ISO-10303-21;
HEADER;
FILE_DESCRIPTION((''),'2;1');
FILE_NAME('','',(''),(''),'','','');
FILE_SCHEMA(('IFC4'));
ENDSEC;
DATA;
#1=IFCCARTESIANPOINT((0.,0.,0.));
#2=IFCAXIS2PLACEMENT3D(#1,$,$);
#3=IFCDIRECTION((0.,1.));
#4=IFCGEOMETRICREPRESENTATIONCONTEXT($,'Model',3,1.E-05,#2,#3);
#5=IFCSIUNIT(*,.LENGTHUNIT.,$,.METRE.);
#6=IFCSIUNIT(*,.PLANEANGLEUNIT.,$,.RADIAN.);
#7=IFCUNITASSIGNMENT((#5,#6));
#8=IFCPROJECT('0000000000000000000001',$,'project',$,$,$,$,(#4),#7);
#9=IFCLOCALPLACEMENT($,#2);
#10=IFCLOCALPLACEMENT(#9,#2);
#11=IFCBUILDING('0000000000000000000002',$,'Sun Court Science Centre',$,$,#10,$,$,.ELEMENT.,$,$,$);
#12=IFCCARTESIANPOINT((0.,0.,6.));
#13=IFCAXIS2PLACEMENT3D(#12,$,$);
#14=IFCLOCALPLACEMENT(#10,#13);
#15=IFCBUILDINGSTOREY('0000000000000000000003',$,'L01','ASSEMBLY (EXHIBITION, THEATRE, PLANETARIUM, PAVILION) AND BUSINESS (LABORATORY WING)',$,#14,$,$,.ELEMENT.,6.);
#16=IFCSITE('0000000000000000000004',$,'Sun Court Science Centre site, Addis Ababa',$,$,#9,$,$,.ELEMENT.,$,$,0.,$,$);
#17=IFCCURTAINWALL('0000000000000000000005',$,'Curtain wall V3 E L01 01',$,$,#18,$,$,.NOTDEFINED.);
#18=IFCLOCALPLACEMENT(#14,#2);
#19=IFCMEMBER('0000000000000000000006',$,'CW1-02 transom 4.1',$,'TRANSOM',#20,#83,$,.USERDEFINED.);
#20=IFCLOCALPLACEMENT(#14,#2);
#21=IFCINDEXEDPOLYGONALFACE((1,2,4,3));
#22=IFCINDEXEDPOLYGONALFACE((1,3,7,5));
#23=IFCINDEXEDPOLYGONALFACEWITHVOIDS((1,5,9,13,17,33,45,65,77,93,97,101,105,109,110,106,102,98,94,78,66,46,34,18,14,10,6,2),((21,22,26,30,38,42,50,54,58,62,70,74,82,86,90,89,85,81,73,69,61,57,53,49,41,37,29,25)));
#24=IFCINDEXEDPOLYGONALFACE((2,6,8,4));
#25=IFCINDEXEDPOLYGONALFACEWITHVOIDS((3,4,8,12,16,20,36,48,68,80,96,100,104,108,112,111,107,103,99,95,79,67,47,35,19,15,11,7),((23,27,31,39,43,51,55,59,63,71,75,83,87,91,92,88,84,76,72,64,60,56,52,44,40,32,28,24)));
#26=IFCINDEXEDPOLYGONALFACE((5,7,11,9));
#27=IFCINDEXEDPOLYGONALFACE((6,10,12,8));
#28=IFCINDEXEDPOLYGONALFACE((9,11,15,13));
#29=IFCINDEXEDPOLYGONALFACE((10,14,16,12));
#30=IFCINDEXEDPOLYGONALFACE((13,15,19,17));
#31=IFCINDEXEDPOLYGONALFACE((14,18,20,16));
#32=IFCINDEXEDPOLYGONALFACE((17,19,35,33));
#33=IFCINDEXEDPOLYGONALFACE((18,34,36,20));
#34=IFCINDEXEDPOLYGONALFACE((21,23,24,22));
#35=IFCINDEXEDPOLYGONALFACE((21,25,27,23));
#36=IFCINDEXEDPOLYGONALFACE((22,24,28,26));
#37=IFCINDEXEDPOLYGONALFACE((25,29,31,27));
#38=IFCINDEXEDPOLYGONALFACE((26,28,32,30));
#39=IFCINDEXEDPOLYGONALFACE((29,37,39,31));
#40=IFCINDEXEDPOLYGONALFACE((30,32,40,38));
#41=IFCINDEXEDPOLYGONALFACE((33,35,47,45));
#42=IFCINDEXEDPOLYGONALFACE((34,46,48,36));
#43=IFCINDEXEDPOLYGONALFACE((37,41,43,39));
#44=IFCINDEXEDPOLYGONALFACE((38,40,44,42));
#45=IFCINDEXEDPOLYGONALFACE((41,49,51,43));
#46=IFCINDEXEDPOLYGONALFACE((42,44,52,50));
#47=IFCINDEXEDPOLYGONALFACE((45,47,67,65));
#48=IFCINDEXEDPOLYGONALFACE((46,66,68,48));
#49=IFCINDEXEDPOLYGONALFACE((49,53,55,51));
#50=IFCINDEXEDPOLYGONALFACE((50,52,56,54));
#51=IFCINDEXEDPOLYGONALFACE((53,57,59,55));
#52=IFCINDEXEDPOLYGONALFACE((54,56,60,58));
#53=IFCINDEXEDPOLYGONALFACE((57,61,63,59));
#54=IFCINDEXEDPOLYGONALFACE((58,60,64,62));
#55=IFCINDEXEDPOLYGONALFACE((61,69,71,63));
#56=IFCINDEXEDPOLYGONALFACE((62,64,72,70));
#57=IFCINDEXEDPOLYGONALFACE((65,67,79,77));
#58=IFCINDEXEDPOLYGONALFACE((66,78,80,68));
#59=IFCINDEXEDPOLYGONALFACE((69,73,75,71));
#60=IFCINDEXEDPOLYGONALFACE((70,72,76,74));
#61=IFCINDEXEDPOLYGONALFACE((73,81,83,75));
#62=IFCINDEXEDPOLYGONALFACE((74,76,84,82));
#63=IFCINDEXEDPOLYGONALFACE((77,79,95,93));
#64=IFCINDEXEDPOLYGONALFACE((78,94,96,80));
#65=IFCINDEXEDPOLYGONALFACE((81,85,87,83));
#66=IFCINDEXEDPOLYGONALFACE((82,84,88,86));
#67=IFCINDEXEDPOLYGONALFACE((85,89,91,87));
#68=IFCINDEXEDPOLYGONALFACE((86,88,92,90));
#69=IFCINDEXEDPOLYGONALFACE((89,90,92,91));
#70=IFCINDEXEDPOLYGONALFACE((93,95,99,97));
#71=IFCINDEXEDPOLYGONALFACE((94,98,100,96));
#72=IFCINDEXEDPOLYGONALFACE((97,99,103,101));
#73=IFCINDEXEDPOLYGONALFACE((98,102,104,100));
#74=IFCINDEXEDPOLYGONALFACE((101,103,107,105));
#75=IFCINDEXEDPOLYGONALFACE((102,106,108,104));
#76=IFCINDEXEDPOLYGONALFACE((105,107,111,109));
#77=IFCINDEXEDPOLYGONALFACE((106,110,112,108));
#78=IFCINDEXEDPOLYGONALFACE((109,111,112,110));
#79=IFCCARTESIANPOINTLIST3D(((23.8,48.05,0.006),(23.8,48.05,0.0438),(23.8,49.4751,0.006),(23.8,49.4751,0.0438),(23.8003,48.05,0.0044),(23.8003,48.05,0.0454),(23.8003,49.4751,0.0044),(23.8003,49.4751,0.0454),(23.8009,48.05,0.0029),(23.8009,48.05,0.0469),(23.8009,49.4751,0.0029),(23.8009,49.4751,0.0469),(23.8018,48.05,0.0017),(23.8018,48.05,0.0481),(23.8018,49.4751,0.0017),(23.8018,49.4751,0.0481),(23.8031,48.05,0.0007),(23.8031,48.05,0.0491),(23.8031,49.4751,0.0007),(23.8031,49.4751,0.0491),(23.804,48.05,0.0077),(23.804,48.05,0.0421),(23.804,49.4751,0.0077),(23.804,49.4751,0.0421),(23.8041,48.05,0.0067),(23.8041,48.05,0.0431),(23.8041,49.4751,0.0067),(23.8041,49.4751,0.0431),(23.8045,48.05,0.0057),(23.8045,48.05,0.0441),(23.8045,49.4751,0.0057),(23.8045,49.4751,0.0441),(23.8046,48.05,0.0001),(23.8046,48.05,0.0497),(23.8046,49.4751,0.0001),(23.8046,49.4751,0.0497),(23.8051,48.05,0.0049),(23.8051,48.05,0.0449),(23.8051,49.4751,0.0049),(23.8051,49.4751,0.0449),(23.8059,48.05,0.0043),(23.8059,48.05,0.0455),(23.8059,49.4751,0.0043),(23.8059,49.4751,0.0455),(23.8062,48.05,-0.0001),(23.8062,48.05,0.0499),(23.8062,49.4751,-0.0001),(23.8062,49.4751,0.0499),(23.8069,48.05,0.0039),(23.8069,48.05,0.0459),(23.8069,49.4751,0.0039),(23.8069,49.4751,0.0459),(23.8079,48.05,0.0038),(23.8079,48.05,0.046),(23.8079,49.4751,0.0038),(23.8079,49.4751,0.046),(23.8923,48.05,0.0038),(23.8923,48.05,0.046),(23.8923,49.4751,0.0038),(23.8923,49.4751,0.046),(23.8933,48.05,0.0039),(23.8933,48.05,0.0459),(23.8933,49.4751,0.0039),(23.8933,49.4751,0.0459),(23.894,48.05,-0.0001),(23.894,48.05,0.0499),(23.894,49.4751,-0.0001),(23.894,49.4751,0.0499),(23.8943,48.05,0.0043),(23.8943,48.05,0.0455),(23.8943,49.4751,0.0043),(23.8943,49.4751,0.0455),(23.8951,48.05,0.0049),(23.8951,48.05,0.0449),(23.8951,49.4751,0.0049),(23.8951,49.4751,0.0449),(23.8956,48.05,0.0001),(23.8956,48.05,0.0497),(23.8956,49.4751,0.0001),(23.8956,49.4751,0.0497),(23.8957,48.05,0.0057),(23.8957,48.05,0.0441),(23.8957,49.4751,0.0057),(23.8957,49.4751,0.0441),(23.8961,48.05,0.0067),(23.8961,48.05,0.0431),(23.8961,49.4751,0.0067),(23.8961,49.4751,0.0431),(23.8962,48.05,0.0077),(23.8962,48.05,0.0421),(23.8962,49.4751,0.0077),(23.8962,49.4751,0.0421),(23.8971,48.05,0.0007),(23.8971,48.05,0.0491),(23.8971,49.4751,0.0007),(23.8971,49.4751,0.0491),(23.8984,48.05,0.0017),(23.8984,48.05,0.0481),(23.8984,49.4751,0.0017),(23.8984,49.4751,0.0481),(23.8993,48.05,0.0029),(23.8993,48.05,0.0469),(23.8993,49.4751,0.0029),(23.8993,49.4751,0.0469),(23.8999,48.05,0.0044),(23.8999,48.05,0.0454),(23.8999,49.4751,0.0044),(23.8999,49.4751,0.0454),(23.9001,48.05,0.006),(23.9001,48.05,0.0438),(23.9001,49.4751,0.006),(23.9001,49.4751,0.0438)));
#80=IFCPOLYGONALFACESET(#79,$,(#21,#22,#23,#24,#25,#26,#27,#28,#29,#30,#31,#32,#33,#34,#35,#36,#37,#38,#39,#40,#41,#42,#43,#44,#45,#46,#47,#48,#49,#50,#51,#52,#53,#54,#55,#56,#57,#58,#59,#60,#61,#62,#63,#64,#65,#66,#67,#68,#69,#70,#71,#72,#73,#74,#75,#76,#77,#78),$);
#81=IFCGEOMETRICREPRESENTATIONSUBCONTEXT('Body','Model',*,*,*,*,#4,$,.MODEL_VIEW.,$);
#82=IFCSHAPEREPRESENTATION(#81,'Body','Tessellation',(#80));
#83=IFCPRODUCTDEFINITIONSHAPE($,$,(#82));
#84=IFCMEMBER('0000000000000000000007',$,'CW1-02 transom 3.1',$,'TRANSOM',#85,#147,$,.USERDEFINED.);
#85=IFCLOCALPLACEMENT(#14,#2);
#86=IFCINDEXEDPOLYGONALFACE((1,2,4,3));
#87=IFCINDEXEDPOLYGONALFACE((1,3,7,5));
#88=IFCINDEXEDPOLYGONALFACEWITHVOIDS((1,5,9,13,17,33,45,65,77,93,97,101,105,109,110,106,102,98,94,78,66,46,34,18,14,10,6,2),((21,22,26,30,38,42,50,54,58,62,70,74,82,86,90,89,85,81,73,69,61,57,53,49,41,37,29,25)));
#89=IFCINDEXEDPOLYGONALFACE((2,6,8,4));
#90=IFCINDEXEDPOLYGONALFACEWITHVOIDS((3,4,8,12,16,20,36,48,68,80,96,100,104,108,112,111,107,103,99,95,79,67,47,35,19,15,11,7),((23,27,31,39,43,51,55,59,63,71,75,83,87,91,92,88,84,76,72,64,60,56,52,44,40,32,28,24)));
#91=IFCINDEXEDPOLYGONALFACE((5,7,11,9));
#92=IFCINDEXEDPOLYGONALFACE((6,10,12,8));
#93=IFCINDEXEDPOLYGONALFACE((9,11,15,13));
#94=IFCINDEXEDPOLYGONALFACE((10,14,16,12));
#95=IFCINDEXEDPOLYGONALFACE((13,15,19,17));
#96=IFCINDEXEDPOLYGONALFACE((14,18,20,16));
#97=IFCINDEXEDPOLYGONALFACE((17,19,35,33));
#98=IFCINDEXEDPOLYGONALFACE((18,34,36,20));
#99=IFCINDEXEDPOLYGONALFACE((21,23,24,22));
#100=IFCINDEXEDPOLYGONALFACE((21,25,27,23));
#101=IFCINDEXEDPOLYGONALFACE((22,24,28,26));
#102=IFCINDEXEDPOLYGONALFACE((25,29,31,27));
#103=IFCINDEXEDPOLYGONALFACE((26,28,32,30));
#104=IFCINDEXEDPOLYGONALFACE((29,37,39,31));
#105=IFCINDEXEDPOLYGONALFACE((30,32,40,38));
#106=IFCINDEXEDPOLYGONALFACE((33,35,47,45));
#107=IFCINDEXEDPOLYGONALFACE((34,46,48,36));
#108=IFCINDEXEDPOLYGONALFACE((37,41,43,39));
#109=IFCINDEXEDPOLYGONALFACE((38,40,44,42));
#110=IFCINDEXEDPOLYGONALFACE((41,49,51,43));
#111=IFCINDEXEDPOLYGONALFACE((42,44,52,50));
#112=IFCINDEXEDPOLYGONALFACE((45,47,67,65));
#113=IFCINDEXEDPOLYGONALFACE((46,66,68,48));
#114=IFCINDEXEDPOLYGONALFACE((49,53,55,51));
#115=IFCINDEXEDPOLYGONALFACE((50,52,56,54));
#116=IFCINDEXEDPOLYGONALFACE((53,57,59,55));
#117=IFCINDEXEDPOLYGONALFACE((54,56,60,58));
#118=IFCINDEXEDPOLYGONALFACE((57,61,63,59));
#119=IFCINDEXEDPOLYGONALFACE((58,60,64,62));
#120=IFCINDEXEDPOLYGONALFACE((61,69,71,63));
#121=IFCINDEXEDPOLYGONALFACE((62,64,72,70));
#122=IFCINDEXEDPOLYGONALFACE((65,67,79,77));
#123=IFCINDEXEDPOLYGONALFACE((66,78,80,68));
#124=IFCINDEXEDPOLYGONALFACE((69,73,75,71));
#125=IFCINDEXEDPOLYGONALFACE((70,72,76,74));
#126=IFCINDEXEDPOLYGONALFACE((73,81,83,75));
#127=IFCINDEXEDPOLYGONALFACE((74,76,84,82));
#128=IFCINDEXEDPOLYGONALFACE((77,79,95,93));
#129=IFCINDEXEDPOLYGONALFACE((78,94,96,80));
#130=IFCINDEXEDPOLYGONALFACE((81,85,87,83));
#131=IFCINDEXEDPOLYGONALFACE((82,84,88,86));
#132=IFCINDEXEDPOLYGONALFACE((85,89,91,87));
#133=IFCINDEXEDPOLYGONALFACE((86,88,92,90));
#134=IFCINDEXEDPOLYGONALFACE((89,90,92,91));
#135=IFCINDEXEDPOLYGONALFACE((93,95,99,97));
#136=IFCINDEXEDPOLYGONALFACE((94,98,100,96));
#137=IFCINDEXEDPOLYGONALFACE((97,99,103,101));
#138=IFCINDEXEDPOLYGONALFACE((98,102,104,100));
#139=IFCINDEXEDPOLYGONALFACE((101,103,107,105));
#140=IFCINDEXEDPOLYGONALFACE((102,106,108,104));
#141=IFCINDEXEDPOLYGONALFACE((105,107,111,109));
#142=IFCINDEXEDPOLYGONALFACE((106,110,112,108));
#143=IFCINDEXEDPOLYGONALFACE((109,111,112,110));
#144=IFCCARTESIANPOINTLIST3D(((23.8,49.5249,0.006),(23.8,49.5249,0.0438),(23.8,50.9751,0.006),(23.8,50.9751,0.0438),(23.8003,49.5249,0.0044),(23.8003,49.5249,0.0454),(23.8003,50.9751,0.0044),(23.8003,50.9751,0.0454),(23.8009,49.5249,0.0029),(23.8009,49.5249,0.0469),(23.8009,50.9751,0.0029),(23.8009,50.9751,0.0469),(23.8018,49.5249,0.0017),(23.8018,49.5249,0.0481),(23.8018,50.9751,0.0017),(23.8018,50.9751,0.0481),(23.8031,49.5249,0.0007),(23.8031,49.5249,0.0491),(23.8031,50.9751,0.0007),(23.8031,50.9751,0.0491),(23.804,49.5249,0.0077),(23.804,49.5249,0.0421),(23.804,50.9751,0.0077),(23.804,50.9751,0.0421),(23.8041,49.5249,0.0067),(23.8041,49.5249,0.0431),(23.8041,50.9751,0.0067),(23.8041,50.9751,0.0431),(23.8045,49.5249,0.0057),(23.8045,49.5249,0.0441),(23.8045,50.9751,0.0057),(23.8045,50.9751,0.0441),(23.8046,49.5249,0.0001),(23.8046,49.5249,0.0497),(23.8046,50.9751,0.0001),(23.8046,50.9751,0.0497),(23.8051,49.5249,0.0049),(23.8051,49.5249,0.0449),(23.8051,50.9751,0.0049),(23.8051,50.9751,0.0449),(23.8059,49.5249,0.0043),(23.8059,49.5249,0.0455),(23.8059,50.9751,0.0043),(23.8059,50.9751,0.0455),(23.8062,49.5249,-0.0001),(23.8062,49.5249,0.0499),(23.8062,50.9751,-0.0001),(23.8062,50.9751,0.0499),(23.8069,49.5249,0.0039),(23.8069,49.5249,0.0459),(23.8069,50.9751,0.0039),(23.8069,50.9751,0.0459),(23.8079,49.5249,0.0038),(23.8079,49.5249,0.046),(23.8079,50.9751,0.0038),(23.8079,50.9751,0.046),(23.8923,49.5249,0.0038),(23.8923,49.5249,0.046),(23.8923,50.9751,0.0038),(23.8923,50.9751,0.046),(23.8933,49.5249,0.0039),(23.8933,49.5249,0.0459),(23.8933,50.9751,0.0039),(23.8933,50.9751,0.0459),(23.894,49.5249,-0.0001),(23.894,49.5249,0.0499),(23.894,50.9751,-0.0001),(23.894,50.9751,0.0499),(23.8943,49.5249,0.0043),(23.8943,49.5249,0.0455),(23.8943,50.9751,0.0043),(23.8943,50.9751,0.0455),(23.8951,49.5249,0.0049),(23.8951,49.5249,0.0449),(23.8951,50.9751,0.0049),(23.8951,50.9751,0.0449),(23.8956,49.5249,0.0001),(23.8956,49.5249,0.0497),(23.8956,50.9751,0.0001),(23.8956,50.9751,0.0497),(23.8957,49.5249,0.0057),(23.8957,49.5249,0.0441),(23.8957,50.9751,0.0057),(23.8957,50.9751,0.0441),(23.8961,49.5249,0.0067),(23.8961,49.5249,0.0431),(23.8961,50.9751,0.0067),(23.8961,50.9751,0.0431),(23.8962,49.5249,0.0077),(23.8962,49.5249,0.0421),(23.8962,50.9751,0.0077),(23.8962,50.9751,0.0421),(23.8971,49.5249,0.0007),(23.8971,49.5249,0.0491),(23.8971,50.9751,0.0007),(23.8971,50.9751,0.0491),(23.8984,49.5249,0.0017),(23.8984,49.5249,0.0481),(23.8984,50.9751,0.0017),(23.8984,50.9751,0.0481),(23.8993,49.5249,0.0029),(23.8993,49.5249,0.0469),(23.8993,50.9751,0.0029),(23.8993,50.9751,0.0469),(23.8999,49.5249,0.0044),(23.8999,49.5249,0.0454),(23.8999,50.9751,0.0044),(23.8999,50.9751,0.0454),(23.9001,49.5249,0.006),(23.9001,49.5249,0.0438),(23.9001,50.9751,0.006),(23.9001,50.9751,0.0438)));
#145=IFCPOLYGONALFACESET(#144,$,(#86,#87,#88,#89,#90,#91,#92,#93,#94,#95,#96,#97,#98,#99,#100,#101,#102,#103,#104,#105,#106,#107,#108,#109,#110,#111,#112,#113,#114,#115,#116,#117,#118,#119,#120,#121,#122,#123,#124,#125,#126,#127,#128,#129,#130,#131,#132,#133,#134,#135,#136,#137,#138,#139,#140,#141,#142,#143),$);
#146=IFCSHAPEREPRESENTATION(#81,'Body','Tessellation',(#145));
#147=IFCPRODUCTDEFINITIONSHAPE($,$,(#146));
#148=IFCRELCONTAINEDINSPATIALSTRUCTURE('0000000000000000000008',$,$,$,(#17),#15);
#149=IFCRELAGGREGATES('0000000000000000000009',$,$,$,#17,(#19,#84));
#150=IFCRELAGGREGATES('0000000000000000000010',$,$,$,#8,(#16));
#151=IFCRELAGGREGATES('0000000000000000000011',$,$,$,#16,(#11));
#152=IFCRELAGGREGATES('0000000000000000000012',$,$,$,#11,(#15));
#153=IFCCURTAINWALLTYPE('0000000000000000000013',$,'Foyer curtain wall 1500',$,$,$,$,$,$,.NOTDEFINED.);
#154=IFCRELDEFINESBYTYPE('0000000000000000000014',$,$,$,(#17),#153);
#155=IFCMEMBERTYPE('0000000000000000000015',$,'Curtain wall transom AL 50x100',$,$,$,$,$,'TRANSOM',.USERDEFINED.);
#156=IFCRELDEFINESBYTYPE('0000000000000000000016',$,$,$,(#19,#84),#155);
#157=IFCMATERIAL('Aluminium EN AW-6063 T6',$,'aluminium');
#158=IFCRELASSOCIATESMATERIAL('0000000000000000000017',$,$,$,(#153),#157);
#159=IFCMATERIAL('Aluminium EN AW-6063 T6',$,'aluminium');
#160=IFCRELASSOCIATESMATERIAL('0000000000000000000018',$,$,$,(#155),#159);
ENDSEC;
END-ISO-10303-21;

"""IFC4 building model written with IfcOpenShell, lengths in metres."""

from ifc_helpers import new_model, si_unit, direction, frame, origin, origin_2d, place, context, subcontext, project, spatial, hollow_rectangle, extrude, material, material_profile, profile_set, type_object, element, aggregate, save


model = new_model("IFC4")

# Units and contexts
model_context = context("Model", 3, precision=1e-05, world=origin(), true_north=direction((0.0, 1.0)))
body_context = subcontext(model_context, "Body", "Model", "MODEL_VIEW")
ifc_project = project(units=[si_unit("LENGTHUNIT", "METRE"), si_unit("PLANEANGLEUNIT", "RADIAN")], contexts=[model_context])

# Site, building, storey
site_placement = place(None, origin())
site = spatial("IfcSite", under=ifc_project, at=site_placement, Name="Sun Court Science Centre site, Addis Ababa", CompositionType="ELEMENT", RefElevation=0.0)
building_placement = place(site_placement, origin())
building = spatial("IfcBuilding", under=site, at=building_placement, Name="Sun Court Science Centre", CompositionType="ELEMENT")
storey_placement = place(building_placement, frame((0.0, 0.0, 6.0)))
storey = spatial("IfcBuildingStorey", under=building, at=storey_placement, Name="L01", Description="ASSEMBLY (EXHIBITION, THEATRE, PLANETARIUM, PAVILION) AND BUSINESS (LABORATORY WING)", CompositionType="ELEMENT", Elevation=6.0)

# Curtain wall, members
ifc_material_1 = material(Name="Aluminium EN AW-6063 T6", Category="aluminium")
curtain_wall_type = type_object("IfcCurtainWallType", Name="Foyer curtain wall 1500", PredefinedType="NOTDEFINED", material=ifc_material_1)
curtain_wall_placement = place(storey_placement, origin())
curtain_wall = element("IfcCurtainWall", 1, at=curtain_wall_placement, inside=storey, type_object=curtain_wall_type, Name="Curtain wall V3 E L01 01", PredefinedType="NOTDEFINED")
ifc_material_2 = material(Name="Aluminium EN AW-6063 T6", Category="aluminium")
ifc_material_profile_1 = material_profile(ifc_material_2, hollow_rectangle(XDim=0.05, YDim=0.1001, WallThickness=0.0039, InnerFilletRadius=0.0039, OuterFilletRadius=0.0061, at=origin_2d()), Name="AL 50x100x4")
ifc_profile_set_1 = profile_set([ifc_material_profile_1], Name="Aluminium EN AW-6063 T6")
member_type_1 = type_object("IfcMemberType", Name="Curtain wall transom AL 50x100", ElementType="TRANSOM", PredefinedType="USERDEFINED", material=ifc_profile_set_1)
member_1_placement = place(storey_placement, frame((23.8501, 49.4751, 0.0249), z_axis=(0.0, -1.0, 0.0), x_axis=(0.0, 0.0, 1.0)))
member_1 = element("IfcMember", 2, at=member_1_placement, type_object=member_type_1, Name="CW1-02 transom 4.1", ObjectType="TRANSOM", PredefinedType="USERDEFINED", context=body_context, shape_type="SweptSolid", body=[
    extrude(hollow_rectangle(XDim=0.05, YDim=0.1001, WallThickness=0.0039, InnerFilletRadius=0.0039, OuterFilletRadius=0.0061, at=origin_2d()), origin(), (0.0, 0.0, 1.0), 1.425),
])
member_2_placement = place(storey_placement, frame((23.8501, 50.9751, 0.0249), z_axis=(0.0, -1.0, 0.0), x_axis=(0.0, 0.0, 1.0)))
member_2 = element("IfcMember", 3, at=member_2_placement, type_object=member_type_1, Name="CW1-02 transom 3.1", ObjectType="TRANSOM", PredefinedType="USERDEFINED", context=body_context, shape_type="SweptSolid", body=[
    extrude(hollow_rectangle(XDim=0.05, YDim=0.1001, WallThickness=0.0039, InnerFilletRadius=0.0039, OuterFilletRadius=0.0061, at=origin_2d()), origin(), (0.0, 0.0, 1.0), 1.4502),
])

aggregate(curtain_wall, [member_1, member_2])

save(model, "model.ifc")
